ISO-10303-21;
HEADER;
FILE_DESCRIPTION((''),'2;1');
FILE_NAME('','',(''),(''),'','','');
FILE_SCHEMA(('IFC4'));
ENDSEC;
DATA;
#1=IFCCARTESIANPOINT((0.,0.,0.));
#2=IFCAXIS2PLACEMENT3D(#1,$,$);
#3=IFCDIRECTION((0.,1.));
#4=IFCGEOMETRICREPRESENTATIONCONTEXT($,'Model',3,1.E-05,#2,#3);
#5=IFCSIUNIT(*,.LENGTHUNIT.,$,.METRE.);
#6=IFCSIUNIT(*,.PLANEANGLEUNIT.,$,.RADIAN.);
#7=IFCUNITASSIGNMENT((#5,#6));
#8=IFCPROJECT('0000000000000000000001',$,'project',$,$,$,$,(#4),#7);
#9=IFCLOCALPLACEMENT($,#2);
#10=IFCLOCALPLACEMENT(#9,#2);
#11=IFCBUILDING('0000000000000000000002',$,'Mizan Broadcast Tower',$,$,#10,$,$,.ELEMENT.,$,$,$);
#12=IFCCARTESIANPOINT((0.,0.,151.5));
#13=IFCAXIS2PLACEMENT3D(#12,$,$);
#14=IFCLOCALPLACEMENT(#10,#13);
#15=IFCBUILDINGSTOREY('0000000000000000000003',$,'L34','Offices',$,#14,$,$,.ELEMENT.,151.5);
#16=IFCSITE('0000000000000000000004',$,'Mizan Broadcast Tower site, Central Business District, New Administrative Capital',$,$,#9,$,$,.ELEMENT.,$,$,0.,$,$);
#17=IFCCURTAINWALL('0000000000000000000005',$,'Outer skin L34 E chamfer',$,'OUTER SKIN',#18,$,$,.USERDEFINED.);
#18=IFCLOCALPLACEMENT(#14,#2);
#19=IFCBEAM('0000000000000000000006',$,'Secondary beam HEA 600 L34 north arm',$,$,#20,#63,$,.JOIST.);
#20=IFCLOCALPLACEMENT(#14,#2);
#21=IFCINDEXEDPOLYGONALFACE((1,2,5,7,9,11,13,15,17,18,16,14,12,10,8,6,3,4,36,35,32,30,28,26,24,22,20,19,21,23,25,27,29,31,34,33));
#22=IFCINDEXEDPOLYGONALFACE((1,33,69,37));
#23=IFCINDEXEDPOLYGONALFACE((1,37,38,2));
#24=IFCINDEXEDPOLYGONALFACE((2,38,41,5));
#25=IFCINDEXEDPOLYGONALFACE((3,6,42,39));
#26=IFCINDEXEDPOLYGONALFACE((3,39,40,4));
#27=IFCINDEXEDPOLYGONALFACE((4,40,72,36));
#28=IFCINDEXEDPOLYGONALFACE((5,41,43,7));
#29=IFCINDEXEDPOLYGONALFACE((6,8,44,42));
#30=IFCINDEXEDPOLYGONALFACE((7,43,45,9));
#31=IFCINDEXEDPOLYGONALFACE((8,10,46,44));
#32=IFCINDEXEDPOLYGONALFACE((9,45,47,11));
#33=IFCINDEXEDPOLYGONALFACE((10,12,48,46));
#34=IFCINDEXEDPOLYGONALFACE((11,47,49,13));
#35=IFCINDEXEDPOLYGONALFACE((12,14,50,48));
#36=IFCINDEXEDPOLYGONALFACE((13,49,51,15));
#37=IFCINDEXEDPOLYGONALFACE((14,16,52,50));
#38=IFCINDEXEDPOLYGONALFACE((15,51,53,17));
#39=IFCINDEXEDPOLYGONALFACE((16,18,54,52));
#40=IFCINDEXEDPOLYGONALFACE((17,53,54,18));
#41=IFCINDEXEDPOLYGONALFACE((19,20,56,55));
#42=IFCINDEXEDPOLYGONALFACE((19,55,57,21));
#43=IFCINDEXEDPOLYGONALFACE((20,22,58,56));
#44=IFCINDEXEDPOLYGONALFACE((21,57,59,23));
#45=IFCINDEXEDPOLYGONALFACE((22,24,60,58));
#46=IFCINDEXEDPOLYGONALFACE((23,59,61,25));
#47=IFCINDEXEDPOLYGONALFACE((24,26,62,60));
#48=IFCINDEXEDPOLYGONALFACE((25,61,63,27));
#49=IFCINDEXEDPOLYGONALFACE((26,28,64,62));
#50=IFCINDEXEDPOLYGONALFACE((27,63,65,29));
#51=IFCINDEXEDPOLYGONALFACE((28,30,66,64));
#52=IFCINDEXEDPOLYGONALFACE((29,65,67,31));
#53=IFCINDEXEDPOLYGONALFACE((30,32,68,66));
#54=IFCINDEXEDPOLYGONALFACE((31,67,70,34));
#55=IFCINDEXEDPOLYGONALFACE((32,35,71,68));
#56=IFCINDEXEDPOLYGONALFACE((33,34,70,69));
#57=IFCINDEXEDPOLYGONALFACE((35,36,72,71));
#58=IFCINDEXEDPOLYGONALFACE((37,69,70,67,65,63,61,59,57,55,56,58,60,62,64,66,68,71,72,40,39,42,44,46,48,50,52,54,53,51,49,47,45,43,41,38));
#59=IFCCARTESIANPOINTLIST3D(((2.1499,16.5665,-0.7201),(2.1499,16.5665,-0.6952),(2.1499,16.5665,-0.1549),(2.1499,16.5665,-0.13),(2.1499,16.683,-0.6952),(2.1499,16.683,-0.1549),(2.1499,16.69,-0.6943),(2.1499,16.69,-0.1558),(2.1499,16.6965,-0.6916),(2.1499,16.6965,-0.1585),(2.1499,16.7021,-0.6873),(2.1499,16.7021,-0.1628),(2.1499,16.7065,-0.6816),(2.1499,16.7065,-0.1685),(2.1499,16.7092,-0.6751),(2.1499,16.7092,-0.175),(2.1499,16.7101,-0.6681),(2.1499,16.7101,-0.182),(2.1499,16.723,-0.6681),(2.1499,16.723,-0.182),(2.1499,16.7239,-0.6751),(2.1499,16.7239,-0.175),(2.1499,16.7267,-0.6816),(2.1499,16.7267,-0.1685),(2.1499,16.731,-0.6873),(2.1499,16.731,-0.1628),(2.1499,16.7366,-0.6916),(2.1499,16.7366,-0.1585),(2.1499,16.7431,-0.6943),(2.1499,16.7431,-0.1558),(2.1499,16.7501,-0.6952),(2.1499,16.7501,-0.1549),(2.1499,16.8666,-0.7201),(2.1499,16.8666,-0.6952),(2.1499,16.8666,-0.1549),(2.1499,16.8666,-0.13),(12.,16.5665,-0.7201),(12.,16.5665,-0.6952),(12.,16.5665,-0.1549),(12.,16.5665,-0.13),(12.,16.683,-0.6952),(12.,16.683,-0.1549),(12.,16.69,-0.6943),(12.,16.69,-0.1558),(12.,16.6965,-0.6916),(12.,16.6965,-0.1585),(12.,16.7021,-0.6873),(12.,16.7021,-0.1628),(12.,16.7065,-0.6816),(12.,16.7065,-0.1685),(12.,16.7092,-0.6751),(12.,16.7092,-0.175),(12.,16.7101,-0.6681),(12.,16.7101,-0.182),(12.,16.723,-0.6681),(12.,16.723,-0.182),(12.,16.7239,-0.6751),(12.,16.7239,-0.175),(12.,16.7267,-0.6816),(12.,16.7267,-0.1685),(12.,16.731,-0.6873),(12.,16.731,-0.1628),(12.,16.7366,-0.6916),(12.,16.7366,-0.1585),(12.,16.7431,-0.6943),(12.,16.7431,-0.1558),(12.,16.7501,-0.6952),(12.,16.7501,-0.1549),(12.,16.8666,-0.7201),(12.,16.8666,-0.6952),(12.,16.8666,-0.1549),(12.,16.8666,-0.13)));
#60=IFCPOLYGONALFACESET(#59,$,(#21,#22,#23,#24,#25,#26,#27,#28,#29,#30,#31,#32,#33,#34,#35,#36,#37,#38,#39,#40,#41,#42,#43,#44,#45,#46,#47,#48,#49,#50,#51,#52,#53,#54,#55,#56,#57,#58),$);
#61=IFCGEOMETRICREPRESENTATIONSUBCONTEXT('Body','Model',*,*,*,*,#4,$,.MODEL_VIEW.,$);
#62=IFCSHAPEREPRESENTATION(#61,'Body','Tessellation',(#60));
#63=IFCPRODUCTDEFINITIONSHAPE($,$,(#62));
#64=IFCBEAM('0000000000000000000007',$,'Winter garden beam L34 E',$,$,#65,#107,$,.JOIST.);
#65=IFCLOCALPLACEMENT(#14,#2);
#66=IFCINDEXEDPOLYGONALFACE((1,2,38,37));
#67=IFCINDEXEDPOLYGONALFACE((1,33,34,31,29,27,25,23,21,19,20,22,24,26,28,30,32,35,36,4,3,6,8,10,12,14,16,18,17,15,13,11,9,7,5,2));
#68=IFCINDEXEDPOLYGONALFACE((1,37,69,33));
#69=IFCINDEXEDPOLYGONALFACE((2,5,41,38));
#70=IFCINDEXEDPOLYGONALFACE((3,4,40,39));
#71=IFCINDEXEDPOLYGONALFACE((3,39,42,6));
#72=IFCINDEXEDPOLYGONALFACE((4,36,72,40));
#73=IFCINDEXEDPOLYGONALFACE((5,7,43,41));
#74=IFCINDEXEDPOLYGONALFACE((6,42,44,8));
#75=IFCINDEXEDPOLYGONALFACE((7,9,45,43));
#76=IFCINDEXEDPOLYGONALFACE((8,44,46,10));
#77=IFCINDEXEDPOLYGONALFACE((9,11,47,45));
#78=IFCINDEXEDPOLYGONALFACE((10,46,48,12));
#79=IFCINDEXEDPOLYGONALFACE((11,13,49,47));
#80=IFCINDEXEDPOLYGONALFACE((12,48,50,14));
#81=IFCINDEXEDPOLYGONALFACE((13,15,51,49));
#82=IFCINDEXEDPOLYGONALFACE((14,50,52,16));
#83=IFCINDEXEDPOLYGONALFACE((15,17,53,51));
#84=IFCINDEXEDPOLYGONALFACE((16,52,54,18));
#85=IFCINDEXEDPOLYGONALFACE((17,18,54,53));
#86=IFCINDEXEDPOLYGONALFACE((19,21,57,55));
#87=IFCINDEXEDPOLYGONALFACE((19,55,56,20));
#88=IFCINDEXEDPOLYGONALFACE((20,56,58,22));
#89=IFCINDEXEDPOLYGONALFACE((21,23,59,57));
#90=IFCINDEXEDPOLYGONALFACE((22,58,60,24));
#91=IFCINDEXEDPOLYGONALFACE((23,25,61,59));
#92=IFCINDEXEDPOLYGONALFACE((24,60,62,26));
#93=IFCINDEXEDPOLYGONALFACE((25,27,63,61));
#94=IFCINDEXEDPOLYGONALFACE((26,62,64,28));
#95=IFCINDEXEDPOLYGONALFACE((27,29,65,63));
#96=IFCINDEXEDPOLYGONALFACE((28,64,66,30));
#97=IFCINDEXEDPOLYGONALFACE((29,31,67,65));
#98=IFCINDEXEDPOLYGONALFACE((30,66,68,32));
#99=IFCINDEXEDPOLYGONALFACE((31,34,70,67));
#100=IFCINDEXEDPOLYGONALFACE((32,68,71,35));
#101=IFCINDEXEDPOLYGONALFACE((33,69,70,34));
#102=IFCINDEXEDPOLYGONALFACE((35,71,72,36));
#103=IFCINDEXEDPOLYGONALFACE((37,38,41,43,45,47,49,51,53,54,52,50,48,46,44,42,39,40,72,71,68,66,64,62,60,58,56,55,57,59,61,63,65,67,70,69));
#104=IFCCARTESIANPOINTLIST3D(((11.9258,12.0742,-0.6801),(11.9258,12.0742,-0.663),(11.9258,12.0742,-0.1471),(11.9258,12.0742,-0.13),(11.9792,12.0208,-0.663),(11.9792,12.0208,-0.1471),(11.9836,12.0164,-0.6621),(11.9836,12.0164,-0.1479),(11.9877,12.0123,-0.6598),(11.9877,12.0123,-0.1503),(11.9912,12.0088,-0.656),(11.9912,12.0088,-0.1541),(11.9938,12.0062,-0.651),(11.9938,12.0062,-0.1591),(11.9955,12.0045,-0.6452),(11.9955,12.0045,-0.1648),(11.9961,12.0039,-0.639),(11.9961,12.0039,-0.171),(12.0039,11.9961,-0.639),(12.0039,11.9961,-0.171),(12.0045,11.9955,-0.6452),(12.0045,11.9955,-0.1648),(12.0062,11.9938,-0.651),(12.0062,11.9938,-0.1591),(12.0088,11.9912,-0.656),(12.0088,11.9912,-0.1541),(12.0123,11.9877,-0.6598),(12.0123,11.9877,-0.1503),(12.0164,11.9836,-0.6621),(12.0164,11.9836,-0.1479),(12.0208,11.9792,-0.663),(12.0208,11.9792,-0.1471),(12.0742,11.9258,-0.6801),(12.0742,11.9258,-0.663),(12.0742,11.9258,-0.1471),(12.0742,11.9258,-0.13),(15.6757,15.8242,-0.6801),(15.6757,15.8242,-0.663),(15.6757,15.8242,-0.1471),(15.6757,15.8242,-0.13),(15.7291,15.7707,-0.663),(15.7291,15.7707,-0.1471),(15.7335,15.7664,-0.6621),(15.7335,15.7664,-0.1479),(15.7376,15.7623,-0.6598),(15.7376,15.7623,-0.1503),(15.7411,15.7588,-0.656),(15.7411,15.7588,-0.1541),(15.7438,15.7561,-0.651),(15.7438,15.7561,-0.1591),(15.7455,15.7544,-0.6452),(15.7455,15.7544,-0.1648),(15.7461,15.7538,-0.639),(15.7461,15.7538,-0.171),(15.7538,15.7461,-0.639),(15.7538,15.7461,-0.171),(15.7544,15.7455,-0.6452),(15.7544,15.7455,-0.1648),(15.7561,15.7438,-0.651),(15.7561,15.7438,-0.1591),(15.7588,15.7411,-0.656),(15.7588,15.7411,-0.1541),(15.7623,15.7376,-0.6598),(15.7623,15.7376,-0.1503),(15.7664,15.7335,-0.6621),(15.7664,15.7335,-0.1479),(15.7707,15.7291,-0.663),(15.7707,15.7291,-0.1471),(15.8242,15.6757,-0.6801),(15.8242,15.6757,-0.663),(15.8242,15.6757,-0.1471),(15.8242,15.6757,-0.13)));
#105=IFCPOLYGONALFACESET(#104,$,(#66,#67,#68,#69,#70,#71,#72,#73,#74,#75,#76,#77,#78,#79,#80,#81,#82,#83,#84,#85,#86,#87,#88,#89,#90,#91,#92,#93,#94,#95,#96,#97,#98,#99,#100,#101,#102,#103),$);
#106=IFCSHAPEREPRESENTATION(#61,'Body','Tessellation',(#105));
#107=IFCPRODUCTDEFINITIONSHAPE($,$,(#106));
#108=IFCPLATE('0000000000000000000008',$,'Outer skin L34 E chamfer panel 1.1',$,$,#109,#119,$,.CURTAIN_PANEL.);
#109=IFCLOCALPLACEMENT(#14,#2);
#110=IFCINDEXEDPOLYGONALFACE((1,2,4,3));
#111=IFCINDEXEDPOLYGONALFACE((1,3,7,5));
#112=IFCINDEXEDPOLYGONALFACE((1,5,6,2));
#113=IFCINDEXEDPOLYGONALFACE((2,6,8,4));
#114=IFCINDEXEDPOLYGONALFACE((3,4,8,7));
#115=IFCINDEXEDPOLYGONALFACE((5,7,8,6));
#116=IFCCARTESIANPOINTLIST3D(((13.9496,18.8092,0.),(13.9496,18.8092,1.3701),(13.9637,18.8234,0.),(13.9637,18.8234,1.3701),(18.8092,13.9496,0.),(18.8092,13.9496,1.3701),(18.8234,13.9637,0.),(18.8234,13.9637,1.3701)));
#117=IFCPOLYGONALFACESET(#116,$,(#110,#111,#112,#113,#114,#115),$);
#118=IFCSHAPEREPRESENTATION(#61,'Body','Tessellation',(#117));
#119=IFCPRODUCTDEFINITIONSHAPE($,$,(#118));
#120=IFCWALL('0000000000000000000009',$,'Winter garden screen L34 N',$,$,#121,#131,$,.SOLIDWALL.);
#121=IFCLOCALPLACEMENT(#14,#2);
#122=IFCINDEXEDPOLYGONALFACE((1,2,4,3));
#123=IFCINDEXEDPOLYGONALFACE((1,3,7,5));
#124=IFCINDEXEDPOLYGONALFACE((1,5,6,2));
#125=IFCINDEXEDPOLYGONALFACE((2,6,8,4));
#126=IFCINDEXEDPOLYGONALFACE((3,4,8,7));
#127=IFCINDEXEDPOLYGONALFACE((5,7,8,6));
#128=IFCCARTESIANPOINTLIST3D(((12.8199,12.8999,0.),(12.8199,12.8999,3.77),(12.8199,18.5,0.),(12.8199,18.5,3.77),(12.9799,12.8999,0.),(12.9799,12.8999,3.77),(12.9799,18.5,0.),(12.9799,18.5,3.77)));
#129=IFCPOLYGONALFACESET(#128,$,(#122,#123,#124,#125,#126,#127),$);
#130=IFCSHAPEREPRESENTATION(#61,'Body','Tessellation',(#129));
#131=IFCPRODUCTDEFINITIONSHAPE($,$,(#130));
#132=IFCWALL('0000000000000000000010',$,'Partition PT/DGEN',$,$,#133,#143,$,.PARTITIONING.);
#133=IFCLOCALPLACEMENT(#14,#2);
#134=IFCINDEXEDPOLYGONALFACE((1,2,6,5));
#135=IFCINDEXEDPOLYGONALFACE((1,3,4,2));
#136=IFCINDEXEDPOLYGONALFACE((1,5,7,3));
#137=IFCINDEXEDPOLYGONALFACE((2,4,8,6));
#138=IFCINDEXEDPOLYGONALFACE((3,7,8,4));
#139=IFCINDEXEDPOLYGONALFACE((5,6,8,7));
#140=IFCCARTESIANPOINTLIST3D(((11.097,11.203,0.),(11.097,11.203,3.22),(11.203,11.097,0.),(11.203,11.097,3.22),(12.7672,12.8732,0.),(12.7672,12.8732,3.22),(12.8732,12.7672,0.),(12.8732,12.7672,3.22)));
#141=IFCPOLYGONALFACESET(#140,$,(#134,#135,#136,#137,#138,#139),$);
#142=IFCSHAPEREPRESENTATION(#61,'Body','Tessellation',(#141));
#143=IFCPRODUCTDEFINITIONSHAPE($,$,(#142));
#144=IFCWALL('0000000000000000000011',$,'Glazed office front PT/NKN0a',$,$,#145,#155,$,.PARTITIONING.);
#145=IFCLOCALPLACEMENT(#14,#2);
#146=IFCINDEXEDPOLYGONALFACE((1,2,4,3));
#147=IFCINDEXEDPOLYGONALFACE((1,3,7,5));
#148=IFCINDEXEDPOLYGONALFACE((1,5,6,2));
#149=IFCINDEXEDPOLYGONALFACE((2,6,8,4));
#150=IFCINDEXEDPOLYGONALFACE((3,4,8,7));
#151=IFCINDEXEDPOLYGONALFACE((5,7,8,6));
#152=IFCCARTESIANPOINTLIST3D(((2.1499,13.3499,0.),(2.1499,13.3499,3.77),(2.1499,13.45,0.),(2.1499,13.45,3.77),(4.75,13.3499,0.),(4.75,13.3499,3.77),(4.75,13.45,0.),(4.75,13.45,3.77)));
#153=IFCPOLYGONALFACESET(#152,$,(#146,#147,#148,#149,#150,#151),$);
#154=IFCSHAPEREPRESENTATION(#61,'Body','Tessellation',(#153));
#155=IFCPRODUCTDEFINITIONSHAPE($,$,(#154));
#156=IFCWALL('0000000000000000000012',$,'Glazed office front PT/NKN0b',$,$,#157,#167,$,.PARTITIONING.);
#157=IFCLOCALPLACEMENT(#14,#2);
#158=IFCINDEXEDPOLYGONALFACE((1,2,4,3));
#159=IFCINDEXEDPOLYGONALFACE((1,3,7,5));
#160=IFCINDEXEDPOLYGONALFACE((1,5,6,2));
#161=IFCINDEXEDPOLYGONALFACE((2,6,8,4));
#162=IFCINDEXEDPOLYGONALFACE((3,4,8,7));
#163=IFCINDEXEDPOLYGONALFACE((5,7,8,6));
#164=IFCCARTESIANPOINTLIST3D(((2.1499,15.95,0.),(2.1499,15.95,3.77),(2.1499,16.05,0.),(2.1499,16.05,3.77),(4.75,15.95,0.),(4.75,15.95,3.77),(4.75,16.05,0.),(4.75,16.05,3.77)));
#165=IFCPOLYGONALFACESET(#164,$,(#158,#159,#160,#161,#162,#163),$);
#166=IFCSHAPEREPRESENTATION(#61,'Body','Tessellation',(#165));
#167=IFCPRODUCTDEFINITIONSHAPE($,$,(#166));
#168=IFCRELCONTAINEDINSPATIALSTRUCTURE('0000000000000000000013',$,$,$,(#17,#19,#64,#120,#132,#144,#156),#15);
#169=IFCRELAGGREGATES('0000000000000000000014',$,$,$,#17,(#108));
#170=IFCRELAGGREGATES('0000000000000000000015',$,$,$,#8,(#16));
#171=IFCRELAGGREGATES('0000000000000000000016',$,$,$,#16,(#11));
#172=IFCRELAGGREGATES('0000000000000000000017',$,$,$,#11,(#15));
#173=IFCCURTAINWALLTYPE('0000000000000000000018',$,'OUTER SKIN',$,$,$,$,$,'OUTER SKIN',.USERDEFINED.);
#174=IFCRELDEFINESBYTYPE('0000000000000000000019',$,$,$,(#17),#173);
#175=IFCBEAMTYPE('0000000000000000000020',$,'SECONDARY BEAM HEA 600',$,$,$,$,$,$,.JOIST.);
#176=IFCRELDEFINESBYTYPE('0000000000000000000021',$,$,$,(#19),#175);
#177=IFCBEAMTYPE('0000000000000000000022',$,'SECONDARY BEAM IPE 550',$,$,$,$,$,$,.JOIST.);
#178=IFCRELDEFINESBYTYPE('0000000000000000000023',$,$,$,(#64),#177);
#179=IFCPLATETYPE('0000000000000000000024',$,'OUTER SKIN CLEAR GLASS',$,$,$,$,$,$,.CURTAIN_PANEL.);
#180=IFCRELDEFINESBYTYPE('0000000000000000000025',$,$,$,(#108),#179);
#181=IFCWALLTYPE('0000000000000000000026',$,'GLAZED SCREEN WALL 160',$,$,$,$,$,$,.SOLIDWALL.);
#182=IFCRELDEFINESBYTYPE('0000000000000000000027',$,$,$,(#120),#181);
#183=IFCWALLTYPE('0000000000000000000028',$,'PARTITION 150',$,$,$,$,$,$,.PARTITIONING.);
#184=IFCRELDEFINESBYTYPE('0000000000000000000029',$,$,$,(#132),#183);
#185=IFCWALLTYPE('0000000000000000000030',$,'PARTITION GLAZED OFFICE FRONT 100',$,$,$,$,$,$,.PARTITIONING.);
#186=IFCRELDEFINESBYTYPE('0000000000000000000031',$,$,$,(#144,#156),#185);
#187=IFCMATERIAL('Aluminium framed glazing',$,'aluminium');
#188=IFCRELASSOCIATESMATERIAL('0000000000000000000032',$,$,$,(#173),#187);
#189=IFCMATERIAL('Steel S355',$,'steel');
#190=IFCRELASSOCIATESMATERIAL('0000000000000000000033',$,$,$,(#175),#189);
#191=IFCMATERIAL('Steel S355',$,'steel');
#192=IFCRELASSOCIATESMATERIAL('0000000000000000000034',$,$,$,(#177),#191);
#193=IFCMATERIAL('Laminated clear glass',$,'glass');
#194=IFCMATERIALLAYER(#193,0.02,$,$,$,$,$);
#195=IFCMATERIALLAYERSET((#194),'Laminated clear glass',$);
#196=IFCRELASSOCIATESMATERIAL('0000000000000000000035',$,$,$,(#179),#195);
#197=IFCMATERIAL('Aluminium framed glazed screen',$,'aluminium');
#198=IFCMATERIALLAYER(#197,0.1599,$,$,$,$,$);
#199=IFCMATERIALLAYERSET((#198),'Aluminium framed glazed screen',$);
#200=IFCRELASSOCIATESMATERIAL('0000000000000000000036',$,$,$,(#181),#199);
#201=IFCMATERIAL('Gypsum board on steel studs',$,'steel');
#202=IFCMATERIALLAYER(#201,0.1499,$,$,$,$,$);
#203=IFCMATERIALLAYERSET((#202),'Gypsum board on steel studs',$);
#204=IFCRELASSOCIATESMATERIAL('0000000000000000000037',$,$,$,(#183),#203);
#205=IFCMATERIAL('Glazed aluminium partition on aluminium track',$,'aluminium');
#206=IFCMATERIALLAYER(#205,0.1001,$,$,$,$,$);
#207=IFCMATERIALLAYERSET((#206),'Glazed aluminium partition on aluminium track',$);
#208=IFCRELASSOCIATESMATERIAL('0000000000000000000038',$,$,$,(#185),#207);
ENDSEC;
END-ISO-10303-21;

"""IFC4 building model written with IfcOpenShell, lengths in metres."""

from ifc_helpers import new_model, si_unit, direction, frame, frame_2d, origin, origin_2d, place, context, subcontext, project, spatial, rectangle, i_section, extrude, material, layer, layer_set, material_profile, profile_set, type_object, element, aggregate, save


model = new_model("IFC4")

# Units and contexts
model_context = context("Model", 3, precision=1e-05, world=origin(), true_north=direction((0.0, 1.0)))
body_context = subcontext(model_context, "Body", "Model", "MODEL_VIEW")
ifc_project = project(units=[si_unit("LENGTHUNIT", "METRE"), si_unit("PLANEANGLEUNIT", "RADIAN")], contexts=[model_context])

# Site, building, storey
site_placement = place(None, origin())
site = spatial("IfcSite", under=ifc_project, at=site_placement, Name="Mizan Broadcast Tower site, Central Business District, New Administrative Capital", CompositionType="ELEMENT", RefElevation=0.0)
building_placement = place(site_placement, origin())
building = spatial("IfcBuilding", under=site, at=building_placement, Name="Mizan Broadcast Tower", CompositionType="ELEMENT")
storey_placement = place(building_placement, frame((0.0, 0.0, 151.5)))
storey = spatial("IfcBuildingStorey", under=building, at=storey_placement, Name="L34", Description="Offices", CompositionType="ELEMENT", Elevation=151.5)

# Curtain wall
ifc_material_1 = material(Name="Aluminium framed glazing", Category="aluminium")
curtain_wall_type_1 = type_object("IfcCurtainWallType", Name="OUTER SKIN", ElementType="OUTER SKIN", PredefinedType="USERDEFINED", material=ifc_material_1)
curtain_wall_1_placement = place(storey_placement, origin())
curtain_wall_1 = element("IfcCurtainWall", 1, at=curtain_wall_1_placement, inside=storey, type_object=curtain_wall_type_1, Name="Outer skin L34 E chamfer", ObjectType="OUTER SKIN", PredefinedType="USERDEFINED")

# Beams
ifc_material_2 = material(Name="Steel S355", Category="steel")
ifc_material_profile_1 = material_profile(ifc_material_2, i_section(OverallWidth=0.3, OverallDepth=0.5901, WebThickness=0.0129, FlangeThickness=0.0249, FilletRadius=0.0271, at=origin_2d()), Name="HEA 600")
ifc_profile_set_1 = profile_set([ifc_material_profile_1], Name="Steel S355")
beam_type_1 = type_object("IfcBeamType", Name="SECONDARY BEAM HEA 600", PredefinedType="JOIST", material=ifc_profile_set_1)
for number, where, z_axis, x_axis, name in (
    (2, (12.0, 16.7166, -0.425), (-1.0, 0.0, 0.0), (0.0, -1.0, 0.0), "Secondary beam HEA 600 L34 north arm"),
):
    element("IfcBeam", number, at=place(storey_placement, frame(where, z_axis=z_axis, x_axis=x_axis)), inside=storey, type_object=beam_type_1, Name=name, PredefinedType="JOIST", context=body_context, shape_type="SweptSolid", body=[
        extrude(i_section(OverallWidth=0.3, OverallDepth=0.5901, WebThickness=0.0129, FlangeThickness=0.0249, FilletRadius=0.0271, at=origin_2d()), origin(), (0.0, 0.0, 1.0), 9.8501),
    ])
ifc_material_3 = material(Name="Steel S355", Category="steel")
ifc_material_profile_2 = material_profile(ifc_material_3, i_section(OverallWidth=0.21, OverallDepth=0.55, WebThickness=0.011, FlangeThickness=0.0171, FilletRadius=0.0239, at=origin_2d()), Name="IPE 550")
ifc_profile_set_2 = profile_set([ifc_material_profile_2], Name="Steel S355")
beam_type_2 = type_object("IfcBeamType", Name="SECONDARY BEAM IPE 550", PredefinedType="JOIST", material=ifc_profile_set_2)
beam_placement = place(storey_placement, frame((12.0, 12.0, -0.405), z_axis=(0.707107, 0.707107, 0.0), x_axis=(-0.707107, 0.707107, 0.0)))
element("IfcBeam", 3, at=beam_placement, inside=storey, type_object=beam_type_2, Name="Winter garden beam L34 E", PredefinedType="JOIST", context=body_context, shape_type="SweptSolid", body=[
    extrude(i_section(OverallWidth=0.21, OverallDepth=0.55, WebThickness=0.011, FlangeThickness=0.0171, FilletRadius=0.0239, at=origin_2d()), origin(), (0.0, 0.0, 1.0), 5.3032),
])

# Plate
ifc_material_4 = material(Name="Laminated clear glass", Category="glass")
ifc_layer_1 = layer(ifc_material_4, 0.02)
ifc_layer_set_1 = layer_set([ifc_layer_1], Name="Laminated clear glass")
plate_type = type_object("IfcPlateType", Name="OUTER SKIN CLEAR GLASS", PredefinedType="CURTAIN_PANEL", material=ifc_layer_set_1)
plate_placement = place(storey_placement, frame((16.3865, 16.3865, 0.0), z_axis=(0.0, 0.0, 1.0), x_axis=(-0.707107, 0.707107, 0.0)))
plate = element("IfcPlate", 4, at=plate_placement, type_object=plate_type, Name="Outer skin L34 E chamfer panel 1.1", PredefinedType="CURTAIN_PANEL", context=body_context, shape_type="SweptSolid", body=[
    extrude(rectangle(XDim=6.8726, YDim=0.02, at=origin_2d()), origin(), (0.0, 0.0, 1.0), 1.3701),
])
aggregate(curtain_wall_1, [plate])

# Walls
ifc_material_5 = material(Name="Aluminium framed glazed screen", Category="aluminium")
ifc_layer_2 = layer(ifc_material_5, 0.1599)
ifc_layer_set_2 = layer_set([ifc_layer_2], Name="Aluminium framed glazed screen")
wall_type_1 = type_object("IfcWallType", Name="GLAZED SCREEN WALL 160", PredefinedType="SOLIDWALL", material=ifc_layer_set_2)
wall_1_placement = place(storey_placement, frame((12.8999, 12.8999, 0.0), z_axis=(0.0, 0.0, 1.0), x_axis=(0.0, 1.0, 0.0)))
element("IfcWall", 5, at=wall_1_placement, inside=storey, type_object=wall_type_1, Name="Winter garden screen L34 N", PredefinedType="SOLIDWALL", context=body_context, shape_type="SweptSolid", body=[
    extrude(rectangle(XDim=5.6001, YDim=0.1599, at=frame_2d((2.8, 0.0))), origin(), (0.0, 0.0, 1.0), 3.77),
])
ifc_material_6 = material(Name="Gypsum board on steel studs", Category="steel")
ifc_layer_3 = layer(ifc_material_6, 0.1499)
ifc_layer_set_3 = layer_set([ifc_layer_3], Name="Gypsum board on steel studs")
wall_type_2 = type_object("IfcWallType", Name="PARTITION 150", PredefinedType="PARTITIONING", material=ifc_layer_set_3)
wall_2_placement = place(storey_placement, frame((11.1499, 11.1499, 0.0), z_axis=(0.0, 0.0, 1.0), x_axis=(0.707107, 0.707107, 0.0)))
element("IfcWall", 6, at=wall_2_placement, inside=storey, type_object=wall_type_2, Name="Partition PT/DGEN", PredefinedType="PARTITIONING", context=body_context, shape_type="SweptSolid", body=[
    extrude(rectangle(XDim=2.3621, YDim=0.1499, at=frame_2d((1.1812, 0.0))), origin(), (0.0, 0.0, 1.0), 3.22),
])
ifc_material_7 = material(Name="Glazed aluminium partition on aluminium track", Category="aluminium")
ifc_layer_4 = layer(ifc_material_7, 0.1001)
ifc_layer_set_4 = layer_set([ifc_layer_4], Name="Glazed aluminium partition on aluminium track")
wall_type_3 = type_object("IfcWallType", Name="PARTITION GLAZED OFFICE FRONT 100", PredefinedType="PARTITIONING", material=ifc_layer_set_4)
for number, where, z_axis, x_axis, name in (
    (7, (2.1499, 13.3999, 0.0), (0.0, 0.0, 1.0), (1.0, 0.0, 0.0), "Glazed office front PT/NKN0a"),
    (8, (2.1499, 16.0, 0.0), (0.0, 0.0, 1.0), (1.0, 0.0, 0.0), "Glazed office front PT/NKN0b"),
):
    element("IfcWall", number, at=place(storey_placement, frame(where, z_axis=z_axis, x_axis=x_axis)), inside=storey, type_object=wall_type_3, Name=name, PredefinedType="PARTITIONING", context=body_context, shape_type="SweptSolid", body=[
        extrude(rectangle(XDim=2.6001, YDim=0.1001, at=frame_2d((1.3, 0.0))), origin(), (0.0, 0.0, 1.0), 3.77),
    ])

save(model, "model.ifc")
